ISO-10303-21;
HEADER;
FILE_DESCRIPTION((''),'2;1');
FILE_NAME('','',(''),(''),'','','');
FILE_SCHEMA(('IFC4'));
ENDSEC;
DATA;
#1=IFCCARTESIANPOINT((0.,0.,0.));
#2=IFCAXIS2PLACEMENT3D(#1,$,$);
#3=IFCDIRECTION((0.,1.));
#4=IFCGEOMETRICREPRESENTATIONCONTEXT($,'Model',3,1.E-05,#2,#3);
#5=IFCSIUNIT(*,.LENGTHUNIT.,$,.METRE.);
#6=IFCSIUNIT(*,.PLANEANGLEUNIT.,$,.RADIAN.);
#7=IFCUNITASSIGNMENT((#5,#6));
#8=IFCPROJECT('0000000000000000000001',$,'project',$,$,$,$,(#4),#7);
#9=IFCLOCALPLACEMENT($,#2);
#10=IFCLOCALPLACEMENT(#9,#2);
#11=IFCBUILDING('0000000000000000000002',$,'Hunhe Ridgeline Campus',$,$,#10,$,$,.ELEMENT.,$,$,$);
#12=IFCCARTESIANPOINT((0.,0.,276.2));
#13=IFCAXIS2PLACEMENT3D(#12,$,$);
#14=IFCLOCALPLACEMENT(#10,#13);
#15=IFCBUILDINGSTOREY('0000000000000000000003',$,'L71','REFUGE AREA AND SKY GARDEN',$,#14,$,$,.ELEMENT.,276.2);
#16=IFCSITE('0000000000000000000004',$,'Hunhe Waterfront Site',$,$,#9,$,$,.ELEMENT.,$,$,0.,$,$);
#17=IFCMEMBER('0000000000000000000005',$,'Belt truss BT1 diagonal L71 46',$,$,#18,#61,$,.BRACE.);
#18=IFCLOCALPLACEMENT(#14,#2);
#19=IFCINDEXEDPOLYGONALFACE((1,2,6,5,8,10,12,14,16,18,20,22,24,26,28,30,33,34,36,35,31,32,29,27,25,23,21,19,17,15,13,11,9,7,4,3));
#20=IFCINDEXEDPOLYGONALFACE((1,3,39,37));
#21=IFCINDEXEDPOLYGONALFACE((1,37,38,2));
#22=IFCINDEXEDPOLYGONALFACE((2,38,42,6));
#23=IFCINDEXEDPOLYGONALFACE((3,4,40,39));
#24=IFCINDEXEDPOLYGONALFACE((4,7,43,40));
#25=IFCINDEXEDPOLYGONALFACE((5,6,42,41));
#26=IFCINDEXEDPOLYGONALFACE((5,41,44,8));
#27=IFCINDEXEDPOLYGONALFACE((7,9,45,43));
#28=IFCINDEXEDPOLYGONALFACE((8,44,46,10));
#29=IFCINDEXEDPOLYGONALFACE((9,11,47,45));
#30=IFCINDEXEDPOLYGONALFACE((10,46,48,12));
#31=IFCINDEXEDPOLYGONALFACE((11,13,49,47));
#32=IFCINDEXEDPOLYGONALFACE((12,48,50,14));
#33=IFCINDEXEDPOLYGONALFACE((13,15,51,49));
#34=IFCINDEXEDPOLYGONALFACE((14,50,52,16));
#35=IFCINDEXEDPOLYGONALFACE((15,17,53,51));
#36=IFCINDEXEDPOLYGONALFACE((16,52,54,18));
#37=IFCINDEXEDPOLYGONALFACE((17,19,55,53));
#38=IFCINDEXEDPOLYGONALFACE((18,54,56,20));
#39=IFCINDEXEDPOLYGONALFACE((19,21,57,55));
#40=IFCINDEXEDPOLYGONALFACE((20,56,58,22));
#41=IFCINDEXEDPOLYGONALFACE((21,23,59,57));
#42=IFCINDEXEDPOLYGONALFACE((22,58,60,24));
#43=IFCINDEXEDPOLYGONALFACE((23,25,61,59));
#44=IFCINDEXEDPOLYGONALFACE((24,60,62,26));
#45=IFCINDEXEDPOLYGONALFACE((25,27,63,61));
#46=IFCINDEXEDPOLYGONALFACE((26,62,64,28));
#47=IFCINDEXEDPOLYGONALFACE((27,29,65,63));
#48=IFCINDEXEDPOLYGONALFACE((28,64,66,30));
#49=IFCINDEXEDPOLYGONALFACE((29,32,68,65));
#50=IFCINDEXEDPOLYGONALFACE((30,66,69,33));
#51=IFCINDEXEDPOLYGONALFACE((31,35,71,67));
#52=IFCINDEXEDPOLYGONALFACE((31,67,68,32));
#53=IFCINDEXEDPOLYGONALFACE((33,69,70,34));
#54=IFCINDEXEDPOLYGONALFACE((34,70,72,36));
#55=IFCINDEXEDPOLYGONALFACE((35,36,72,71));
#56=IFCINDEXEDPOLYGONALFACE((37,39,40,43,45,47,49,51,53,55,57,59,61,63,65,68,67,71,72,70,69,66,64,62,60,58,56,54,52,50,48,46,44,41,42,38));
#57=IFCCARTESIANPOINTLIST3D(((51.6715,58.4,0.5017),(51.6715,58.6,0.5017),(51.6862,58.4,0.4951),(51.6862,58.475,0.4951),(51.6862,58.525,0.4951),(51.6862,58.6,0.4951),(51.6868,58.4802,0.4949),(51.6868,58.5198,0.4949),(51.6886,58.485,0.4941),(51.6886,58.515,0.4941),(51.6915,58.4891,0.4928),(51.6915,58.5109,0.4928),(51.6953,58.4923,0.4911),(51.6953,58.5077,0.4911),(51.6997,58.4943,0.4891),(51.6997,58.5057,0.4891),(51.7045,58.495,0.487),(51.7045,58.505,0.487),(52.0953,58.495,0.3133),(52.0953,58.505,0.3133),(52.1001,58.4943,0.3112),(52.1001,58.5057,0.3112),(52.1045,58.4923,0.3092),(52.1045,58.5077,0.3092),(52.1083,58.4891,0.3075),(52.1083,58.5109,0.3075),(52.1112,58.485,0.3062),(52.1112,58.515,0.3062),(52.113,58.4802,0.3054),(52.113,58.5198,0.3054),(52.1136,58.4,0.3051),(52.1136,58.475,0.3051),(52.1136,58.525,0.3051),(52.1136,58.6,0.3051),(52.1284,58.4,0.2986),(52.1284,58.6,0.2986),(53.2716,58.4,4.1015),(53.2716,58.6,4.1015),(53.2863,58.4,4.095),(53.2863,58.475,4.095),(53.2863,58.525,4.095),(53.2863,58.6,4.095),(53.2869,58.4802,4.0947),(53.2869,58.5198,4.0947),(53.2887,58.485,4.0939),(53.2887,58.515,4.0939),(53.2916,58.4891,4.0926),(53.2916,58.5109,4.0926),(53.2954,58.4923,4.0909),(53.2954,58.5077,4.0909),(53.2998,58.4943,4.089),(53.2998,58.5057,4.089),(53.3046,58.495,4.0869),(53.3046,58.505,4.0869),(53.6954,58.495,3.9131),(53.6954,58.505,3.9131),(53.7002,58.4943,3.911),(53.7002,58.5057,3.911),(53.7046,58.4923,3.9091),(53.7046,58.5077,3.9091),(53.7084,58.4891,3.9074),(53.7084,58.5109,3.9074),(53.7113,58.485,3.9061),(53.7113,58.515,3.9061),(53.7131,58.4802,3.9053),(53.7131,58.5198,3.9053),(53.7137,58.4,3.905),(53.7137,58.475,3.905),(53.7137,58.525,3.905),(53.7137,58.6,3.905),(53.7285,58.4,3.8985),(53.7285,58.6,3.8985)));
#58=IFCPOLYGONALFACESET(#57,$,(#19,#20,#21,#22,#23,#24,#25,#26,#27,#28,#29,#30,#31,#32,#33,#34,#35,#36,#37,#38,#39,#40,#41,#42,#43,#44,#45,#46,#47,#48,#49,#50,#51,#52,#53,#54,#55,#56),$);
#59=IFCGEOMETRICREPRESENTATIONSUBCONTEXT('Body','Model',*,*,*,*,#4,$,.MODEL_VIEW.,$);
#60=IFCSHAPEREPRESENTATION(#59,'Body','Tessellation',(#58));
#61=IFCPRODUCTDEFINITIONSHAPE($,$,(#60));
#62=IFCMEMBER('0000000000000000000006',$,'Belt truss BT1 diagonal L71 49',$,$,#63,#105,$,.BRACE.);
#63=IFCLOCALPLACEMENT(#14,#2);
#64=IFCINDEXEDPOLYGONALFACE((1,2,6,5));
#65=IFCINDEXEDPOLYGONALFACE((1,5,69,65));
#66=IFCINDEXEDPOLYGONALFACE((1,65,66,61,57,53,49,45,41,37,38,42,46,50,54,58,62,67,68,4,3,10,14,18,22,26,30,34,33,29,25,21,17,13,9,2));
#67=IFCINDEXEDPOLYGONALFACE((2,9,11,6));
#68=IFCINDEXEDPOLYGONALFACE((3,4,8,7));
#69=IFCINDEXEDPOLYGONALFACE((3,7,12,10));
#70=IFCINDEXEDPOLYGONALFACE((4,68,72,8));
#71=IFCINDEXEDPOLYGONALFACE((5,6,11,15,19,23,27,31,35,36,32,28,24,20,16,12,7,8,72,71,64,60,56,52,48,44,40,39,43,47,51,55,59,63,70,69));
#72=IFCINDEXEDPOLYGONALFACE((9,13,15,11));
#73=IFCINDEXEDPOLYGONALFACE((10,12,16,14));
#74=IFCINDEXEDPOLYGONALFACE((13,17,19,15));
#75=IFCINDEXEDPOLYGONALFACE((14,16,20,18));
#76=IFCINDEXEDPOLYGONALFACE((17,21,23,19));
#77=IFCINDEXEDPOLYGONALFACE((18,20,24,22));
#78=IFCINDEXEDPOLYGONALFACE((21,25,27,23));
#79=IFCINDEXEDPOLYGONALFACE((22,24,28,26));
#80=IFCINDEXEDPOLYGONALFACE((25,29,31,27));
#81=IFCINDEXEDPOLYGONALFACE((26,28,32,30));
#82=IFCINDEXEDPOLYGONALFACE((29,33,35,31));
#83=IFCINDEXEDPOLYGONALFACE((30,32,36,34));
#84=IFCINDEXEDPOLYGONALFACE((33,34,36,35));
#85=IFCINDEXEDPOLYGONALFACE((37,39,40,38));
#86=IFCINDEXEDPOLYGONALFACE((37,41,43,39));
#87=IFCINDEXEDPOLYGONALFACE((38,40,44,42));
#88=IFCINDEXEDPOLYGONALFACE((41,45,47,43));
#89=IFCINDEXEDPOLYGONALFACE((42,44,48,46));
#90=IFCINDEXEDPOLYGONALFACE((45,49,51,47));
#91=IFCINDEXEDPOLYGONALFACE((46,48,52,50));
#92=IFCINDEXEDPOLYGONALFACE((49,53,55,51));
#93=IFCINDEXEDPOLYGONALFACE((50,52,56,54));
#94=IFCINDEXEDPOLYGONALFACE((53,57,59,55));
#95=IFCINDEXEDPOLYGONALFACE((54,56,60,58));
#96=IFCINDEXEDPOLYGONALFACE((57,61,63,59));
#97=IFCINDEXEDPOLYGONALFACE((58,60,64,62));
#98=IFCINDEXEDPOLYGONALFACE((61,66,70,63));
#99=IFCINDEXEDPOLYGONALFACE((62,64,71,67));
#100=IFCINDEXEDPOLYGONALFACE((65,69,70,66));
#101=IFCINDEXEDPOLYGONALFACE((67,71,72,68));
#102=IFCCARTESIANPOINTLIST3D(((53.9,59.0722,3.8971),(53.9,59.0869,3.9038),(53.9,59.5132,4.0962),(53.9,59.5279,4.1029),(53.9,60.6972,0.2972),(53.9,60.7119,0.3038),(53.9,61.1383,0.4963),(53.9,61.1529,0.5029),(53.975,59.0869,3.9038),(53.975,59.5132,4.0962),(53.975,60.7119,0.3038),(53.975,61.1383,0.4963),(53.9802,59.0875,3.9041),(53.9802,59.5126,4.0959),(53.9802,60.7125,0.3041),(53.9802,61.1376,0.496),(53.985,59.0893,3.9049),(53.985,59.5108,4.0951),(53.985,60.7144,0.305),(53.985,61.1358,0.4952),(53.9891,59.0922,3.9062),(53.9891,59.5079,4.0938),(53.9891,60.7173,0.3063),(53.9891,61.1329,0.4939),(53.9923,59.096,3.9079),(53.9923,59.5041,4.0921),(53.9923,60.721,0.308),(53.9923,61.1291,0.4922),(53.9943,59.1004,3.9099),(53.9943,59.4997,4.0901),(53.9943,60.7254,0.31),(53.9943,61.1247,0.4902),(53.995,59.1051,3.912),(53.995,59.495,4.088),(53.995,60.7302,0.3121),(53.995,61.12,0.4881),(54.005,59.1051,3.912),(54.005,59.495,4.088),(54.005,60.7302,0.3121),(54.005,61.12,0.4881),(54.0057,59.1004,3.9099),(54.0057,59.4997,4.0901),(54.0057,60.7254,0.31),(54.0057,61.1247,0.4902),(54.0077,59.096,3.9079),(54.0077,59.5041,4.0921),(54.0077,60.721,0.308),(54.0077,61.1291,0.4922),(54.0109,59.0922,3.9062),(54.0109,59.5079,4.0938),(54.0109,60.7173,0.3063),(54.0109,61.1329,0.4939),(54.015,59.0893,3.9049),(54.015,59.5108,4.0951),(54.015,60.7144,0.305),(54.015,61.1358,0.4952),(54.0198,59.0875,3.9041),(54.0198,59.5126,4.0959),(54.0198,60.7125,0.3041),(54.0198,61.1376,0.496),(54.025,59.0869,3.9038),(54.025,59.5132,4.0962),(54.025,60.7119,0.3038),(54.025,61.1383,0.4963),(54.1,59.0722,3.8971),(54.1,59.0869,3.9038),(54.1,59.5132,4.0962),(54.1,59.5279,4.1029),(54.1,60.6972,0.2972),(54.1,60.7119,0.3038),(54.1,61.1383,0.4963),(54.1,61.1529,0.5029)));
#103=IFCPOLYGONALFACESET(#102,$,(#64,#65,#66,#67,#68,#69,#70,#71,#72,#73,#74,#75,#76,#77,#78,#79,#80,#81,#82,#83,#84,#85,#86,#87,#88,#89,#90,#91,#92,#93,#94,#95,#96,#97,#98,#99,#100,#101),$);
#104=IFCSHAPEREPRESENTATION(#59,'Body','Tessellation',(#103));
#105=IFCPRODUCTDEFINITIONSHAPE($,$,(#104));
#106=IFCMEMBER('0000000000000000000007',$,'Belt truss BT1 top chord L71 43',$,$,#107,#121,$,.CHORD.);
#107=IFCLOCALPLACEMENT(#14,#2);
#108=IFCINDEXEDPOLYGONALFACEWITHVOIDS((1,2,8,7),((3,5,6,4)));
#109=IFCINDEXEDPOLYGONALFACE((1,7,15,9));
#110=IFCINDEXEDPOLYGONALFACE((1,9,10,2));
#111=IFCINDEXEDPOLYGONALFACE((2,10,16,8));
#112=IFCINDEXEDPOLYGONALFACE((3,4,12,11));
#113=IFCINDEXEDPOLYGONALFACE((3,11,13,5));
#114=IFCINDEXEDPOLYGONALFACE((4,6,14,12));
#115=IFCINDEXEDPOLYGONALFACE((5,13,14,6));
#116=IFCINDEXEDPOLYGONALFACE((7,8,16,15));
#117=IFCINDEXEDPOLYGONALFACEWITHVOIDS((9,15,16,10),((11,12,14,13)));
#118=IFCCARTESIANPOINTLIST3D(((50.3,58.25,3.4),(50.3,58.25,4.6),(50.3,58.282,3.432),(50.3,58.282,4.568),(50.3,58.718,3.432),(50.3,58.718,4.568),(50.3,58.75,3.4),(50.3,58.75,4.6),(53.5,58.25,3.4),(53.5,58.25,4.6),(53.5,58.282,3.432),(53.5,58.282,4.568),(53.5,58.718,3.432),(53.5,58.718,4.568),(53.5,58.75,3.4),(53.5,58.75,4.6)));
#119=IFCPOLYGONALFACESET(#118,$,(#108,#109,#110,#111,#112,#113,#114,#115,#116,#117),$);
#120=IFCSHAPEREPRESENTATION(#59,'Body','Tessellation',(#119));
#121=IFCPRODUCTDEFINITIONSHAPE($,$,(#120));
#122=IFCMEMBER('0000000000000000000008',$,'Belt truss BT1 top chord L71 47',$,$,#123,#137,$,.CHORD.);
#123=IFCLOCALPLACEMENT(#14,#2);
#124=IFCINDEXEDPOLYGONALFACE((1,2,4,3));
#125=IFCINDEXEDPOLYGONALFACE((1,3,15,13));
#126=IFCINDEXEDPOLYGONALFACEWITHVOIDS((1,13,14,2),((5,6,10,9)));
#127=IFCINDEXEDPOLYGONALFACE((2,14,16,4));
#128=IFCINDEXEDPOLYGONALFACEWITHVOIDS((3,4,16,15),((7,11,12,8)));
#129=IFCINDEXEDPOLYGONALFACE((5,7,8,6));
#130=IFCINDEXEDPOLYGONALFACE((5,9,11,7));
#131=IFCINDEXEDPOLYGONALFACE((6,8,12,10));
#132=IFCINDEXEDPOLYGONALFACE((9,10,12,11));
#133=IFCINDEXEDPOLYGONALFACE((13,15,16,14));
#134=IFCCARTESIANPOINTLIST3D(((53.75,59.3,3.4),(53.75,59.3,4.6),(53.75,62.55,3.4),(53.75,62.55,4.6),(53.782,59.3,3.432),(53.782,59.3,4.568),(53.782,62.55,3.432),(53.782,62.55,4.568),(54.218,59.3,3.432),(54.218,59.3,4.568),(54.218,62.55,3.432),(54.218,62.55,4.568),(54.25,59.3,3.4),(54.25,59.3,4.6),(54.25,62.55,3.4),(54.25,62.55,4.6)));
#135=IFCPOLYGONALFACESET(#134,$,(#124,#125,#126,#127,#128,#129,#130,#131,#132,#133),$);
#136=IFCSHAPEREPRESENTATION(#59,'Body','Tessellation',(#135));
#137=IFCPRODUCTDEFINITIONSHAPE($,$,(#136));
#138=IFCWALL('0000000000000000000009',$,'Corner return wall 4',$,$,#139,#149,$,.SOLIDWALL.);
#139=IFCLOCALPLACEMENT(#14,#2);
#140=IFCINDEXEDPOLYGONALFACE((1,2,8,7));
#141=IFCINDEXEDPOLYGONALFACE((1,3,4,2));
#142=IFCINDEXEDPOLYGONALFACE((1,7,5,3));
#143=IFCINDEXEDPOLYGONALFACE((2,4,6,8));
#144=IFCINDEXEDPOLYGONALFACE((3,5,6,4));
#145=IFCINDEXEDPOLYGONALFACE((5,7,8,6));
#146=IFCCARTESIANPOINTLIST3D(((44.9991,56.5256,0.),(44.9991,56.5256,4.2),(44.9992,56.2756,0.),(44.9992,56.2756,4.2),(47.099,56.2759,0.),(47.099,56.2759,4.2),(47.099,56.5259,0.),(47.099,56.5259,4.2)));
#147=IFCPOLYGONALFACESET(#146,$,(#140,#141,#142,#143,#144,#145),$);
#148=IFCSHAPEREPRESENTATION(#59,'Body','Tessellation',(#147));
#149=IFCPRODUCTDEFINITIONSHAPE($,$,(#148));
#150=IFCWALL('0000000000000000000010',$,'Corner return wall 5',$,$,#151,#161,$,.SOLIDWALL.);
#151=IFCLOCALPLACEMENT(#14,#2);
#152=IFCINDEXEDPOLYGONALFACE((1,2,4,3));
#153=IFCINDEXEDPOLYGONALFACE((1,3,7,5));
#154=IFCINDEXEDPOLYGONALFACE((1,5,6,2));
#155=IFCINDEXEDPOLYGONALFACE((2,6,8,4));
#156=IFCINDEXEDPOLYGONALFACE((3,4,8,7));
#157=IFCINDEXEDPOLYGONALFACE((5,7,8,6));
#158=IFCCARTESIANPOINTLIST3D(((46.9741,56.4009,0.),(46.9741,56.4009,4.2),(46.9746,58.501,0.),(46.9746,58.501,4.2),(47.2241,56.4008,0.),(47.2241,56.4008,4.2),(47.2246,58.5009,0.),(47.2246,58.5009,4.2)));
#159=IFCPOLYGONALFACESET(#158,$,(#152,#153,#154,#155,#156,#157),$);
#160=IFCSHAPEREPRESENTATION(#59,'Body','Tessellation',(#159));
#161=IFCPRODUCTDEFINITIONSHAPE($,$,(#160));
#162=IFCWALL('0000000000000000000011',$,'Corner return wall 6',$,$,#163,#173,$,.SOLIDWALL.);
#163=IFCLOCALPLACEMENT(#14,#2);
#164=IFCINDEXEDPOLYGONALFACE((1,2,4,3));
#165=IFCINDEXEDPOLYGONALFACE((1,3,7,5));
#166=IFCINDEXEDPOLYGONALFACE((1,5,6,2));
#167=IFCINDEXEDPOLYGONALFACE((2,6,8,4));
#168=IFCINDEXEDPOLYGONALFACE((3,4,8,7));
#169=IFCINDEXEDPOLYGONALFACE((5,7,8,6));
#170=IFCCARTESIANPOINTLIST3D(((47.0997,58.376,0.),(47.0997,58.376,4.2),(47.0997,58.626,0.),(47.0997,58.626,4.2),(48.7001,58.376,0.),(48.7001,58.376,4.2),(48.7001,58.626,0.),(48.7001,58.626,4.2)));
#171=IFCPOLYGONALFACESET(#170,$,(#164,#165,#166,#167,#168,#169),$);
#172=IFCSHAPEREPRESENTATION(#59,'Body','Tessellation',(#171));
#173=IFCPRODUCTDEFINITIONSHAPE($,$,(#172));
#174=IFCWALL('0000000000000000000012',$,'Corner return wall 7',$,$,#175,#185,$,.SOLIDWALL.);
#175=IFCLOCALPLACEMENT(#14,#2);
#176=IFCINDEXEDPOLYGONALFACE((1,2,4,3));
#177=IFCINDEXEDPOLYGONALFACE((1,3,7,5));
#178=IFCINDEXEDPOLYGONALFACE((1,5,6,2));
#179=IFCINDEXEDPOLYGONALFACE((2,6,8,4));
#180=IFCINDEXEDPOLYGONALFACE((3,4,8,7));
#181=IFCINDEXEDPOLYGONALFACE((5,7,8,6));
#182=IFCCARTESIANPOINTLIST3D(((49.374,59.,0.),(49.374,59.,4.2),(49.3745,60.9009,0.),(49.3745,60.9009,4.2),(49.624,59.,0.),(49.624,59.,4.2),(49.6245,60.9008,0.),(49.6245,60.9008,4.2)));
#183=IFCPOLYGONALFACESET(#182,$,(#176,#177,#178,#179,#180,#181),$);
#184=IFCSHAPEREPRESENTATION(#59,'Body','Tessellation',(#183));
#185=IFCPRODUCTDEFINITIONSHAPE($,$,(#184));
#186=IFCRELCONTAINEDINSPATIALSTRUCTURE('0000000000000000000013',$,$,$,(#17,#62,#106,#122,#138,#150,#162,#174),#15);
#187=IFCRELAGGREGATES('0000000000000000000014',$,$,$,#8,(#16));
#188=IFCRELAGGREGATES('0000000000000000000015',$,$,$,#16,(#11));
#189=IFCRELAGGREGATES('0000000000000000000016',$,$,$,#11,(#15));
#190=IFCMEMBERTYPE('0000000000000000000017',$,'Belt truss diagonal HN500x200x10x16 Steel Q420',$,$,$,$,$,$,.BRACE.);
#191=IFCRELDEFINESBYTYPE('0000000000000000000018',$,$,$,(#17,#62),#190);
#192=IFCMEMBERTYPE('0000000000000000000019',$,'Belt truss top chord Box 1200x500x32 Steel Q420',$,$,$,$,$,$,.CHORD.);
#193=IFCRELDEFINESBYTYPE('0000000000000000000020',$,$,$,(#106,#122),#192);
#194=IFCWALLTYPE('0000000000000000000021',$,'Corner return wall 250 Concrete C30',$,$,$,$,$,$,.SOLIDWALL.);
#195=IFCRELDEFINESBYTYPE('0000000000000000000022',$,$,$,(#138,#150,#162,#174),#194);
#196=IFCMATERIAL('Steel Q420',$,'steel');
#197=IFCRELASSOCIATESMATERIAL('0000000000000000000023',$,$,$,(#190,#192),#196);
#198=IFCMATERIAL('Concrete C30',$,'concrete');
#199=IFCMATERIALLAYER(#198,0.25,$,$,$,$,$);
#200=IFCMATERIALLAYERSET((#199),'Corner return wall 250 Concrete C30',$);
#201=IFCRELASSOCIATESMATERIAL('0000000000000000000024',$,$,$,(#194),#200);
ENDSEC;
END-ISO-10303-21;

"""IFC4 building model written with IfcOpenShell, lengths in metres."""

from ifc_helpers import new_model, si_unit, direction, frame, frame_2d, origin, origin_2d, place, context, subcontext, project, spatial, rectangle, hollow_rectangle, i_section, extrude, material, layer, layer_set, material_profile, profile_set, type_object, element, save


model = new_model("IFC4")

# Units and contexts
model_context = context("Model", 3, precision=1e-05, world=origin(), true_north=direction((0.0, 1.0)))
body_context = subcontext(model_context, "Body", "Model", "MODEL_VIEW")
ifc_project = project(units=[si_unit("LENGTHUNIT", "METRE"), si_unit("PLANEANGLEUNIT", "RADIAN")], contexts=[model_context])

# Site, building, storey
site_placement = place(None, origin())
site = spatial("IfcSite", under=ifc_project, at=site_placement, Name="Hunhe Waterfront Site", CompositionType="ELEMENT", RefElevation=0.0)
building_placement = place(site_placement, origin())
building = spatial("IfcBuilding", under=site, at=building_placement, Name="Hunhe Ridgeline Campus", CompositionType="ELEMENT")
storey_placement = place(building_placement, frame((0.0, 0.0, 276.2)))
storey = spatial("IfcBuildingStorey", under=building, at=storey_placement, Name="L71", Description="REFUGE AREA AND SKY GARDEN", CompositionType="ELEMENT", Elevation=276.2)

# Members
ifc_material_1 = material(Name="Steel Q420", Category="steel")
ifc_material_profile_1 = material_profile(ifc_material_1, i_section(OverallWidth=0.2, OverallDepth=0.5, WebThickness=0.01, FlangeThickness=0.0161, FilletRadius=0.02, at=origin_2d()))
ifc_profile_set_1 = profile_set([ifc_material_profile_1], Name="Steel Q420")
member_type_1 = type_object("IfcMemberType", Name="Belt truss diagonal HN500x200x10x16 Steel Q420", PredefinedType="BRACE", material=ifc_profile_set_1)
for number, where, z_axis, x_axis, name in (
    (1, (51.8999, 58.5, 0.4001), (0.406173, 0.0, 0.913796), (0.0, 1.0, 0.0), "Belt truss BT1 diagonal L71 46"),
):
    element("IfcMember", number, at=place(storey_placement, frame(where, z_axis=z_axis, x_axis=x_axis)), inside=storey, type_object=member_type_1, Name=name, PredefinedType="BRACE", context=body_context, shape_type="SweptSolid", body=[
        extrude(i_section(OverallWidth=0.2, OverallDepth=0.5, WebThickness=0.01, FlangeThickness=0.0161, FilletRadius=0.02, at=origin_2d()), origin(), (0.0, 0.0, 1.0), 3.9395),
    ])
member_1_placement = place(storey_placement, frame((54.0, 59.3, 4.0), z_axis=(0.0, 0.411431, -0.911441), x_axis=(-1.0, 0.0, 0.0)))
element("IfcMember", 2, at=member_1_placement, inside=storey, type_object=member_type_1, Name="Belt truss BT1 diagonal L71 49", PredefinedType="BRACE", context=body_context, shape_type="SweptSolid", body=[
    extrude(i_section(OverallWidth=0.2, OverallDepth=0.5, WebThickness=0.01, FlangeThickness=0.0161, FilletRadius=0.02, at=origin_2d()), origin(), (0.0, 0.0, 1.0), 3.9497),
])
ifc_material_profile_2 = material_profile(ifc_material_1, hollow_rectangle(XDim=0.5, YDim=1.2, WallThickness=0.032, at=origin_2d()))
ifc_profile_set_2 = profile_set([ifc_material_profile_2], Name="Steel Q420")
member_type_2 = type_object("IfcMemberType", Name="Belt truss top chord Box 1200x500x32 Steel Q420", PredefinedType="CHORD", material=ifc_profile_set_2)
member_2_placement = place(storey_placement, frame((50.3, 58.5, 4.0), z_axis=(1.0, 0.0, 0.0), x_axis=(0.0, 1.0, 0.0)))
element("IfcMember", 3, at=member_2_placement, inside=storey, type_object=member_type_2, Name="Belt truss BT1 top chord L71 43", PredefinedType="CHORD", context=body_context, shape_type="SweptSolid", body=[
    extrude(hollow_rectangle(XDim=0.5, YDim=1.2, WallThickness=0.032, at=origin_2d()), origin(), (0.0, 0.0, 1.0), 3.2),
])
member_3_placement = place(storey_placement, frame((54.0, 59.3, 4.0), z_axis=(0.0, 1.0, 0.0), x_axis=(-1.0, 0.0, 0.0)))
element("IfcMember", 4, at=member_3_placement, inside=storey, type_object=member_type_2, Name="Belt truss BT1 top chord L71 47", PredefinedType="CHORD", context=body_context, shape_type="SweptSolid", body=[
    extrude(hollow_rectangle(XDim=0.5, YDim=1.2, WallThickness=0.032, at=origin_2d()), origin(), (0.0, 0.0, 1.0), 3.25),
])

# Walls
ifc_material_2 = material(Name="Concrete C30", Category="concrete")
ifc_layer_1 = layer(ifc_material_2, 0.25)
ifc_layer_set_1 = layer_set([ifc_layer_1], Name="Corner return wall 250 Concrete C30")
wall_type_1 = type_object("IfcWallType", Name="Corner return wall 250 Concrete C30", PredefinedType="SOLIDWALL", material=ifc_layer_set_1)
wall_1_placement = place(storey_placement, frame((44.9993, 56.4006, 0.0), z_axis=(0.0, 0.0, 1.0), x_axis=(1.0, 0.000116, 0.0)))
element("IfcWall", 5, at=wall_1_placement, inside=storey, type_object=wall_type_1, Name="Corner return wall 4", PredefinedType="SOLIDWALL", context=body_context, shape_type="SweptSolid", body=[
    extrude(rectangle(XDim=2.0999, YDim=0.25, at=frame_2d((1.0498, 0.0))), origin(), (0.0, 0.0, 1.0), 4.2),
])
wall_2_placement = place(storey_placement, frame((47.0991, 56.4009, 0.0), z_axis=(0.0, 0.0, 1.0), x_axis=(0.000233, 1.0, 0.0)))
element("IfcWall", 6, at=wall_2_placement, inside=storey, type_object=wall_type_1, Name="Corner return wall 5", PredefinedType="SOLIDWALL", context=body_context, shape_type="SweptSolid", body=[
    extrude(rectangle(XDim=2.1001, YDim=0.25, at=frame_2d((1.05, 0.0))), origin(), (0.0, 0.0, 1.0), 4.2),
])
wall_3_placement = place(storey_placement, frame((47.0996, 58.501, 0.0), z_axis=(0.0, 0.0, 1.0), x_axis=(1.0, 0.0, 0.0)))
element("IfcWall", 7, at=wall_3_placement, inside=storey, type_object=wall_type_1, Name="Corner return wall 6", PredefinedType="SOLIDWALL", context=body_context, shape_type="SweptSolid", body=[
    extrude(rectangle(XDim=1.6003, YDim=0.25, at=frame_2d((0.8003, 0.0))), origin(), (0.0, 0.0, 1.0), 4.2),
])
wall_4_placement = place(storey_placement, frame((49.499, 59.0, 0.0), z_axis=(0.0, 0.0, 1.0), x_axis=(0.000257, 1.0, 0.0)))
element("IfcWall", 8, at=wall_4_placement, inside=storey, type_object=wall_type_1, Name="Corner return wall 7", PredefinedType="SOLIDWALL", context=body_context, shape_type="SweptSolid", body=[
    extrude(rectangle(XDim=1.9009, YDim=0.25, at=frame_2d((0.9504, 0.0))), origin(), (0.0, 0.0, 1.0), 4.2),
])

save(model, "model.ifc")
